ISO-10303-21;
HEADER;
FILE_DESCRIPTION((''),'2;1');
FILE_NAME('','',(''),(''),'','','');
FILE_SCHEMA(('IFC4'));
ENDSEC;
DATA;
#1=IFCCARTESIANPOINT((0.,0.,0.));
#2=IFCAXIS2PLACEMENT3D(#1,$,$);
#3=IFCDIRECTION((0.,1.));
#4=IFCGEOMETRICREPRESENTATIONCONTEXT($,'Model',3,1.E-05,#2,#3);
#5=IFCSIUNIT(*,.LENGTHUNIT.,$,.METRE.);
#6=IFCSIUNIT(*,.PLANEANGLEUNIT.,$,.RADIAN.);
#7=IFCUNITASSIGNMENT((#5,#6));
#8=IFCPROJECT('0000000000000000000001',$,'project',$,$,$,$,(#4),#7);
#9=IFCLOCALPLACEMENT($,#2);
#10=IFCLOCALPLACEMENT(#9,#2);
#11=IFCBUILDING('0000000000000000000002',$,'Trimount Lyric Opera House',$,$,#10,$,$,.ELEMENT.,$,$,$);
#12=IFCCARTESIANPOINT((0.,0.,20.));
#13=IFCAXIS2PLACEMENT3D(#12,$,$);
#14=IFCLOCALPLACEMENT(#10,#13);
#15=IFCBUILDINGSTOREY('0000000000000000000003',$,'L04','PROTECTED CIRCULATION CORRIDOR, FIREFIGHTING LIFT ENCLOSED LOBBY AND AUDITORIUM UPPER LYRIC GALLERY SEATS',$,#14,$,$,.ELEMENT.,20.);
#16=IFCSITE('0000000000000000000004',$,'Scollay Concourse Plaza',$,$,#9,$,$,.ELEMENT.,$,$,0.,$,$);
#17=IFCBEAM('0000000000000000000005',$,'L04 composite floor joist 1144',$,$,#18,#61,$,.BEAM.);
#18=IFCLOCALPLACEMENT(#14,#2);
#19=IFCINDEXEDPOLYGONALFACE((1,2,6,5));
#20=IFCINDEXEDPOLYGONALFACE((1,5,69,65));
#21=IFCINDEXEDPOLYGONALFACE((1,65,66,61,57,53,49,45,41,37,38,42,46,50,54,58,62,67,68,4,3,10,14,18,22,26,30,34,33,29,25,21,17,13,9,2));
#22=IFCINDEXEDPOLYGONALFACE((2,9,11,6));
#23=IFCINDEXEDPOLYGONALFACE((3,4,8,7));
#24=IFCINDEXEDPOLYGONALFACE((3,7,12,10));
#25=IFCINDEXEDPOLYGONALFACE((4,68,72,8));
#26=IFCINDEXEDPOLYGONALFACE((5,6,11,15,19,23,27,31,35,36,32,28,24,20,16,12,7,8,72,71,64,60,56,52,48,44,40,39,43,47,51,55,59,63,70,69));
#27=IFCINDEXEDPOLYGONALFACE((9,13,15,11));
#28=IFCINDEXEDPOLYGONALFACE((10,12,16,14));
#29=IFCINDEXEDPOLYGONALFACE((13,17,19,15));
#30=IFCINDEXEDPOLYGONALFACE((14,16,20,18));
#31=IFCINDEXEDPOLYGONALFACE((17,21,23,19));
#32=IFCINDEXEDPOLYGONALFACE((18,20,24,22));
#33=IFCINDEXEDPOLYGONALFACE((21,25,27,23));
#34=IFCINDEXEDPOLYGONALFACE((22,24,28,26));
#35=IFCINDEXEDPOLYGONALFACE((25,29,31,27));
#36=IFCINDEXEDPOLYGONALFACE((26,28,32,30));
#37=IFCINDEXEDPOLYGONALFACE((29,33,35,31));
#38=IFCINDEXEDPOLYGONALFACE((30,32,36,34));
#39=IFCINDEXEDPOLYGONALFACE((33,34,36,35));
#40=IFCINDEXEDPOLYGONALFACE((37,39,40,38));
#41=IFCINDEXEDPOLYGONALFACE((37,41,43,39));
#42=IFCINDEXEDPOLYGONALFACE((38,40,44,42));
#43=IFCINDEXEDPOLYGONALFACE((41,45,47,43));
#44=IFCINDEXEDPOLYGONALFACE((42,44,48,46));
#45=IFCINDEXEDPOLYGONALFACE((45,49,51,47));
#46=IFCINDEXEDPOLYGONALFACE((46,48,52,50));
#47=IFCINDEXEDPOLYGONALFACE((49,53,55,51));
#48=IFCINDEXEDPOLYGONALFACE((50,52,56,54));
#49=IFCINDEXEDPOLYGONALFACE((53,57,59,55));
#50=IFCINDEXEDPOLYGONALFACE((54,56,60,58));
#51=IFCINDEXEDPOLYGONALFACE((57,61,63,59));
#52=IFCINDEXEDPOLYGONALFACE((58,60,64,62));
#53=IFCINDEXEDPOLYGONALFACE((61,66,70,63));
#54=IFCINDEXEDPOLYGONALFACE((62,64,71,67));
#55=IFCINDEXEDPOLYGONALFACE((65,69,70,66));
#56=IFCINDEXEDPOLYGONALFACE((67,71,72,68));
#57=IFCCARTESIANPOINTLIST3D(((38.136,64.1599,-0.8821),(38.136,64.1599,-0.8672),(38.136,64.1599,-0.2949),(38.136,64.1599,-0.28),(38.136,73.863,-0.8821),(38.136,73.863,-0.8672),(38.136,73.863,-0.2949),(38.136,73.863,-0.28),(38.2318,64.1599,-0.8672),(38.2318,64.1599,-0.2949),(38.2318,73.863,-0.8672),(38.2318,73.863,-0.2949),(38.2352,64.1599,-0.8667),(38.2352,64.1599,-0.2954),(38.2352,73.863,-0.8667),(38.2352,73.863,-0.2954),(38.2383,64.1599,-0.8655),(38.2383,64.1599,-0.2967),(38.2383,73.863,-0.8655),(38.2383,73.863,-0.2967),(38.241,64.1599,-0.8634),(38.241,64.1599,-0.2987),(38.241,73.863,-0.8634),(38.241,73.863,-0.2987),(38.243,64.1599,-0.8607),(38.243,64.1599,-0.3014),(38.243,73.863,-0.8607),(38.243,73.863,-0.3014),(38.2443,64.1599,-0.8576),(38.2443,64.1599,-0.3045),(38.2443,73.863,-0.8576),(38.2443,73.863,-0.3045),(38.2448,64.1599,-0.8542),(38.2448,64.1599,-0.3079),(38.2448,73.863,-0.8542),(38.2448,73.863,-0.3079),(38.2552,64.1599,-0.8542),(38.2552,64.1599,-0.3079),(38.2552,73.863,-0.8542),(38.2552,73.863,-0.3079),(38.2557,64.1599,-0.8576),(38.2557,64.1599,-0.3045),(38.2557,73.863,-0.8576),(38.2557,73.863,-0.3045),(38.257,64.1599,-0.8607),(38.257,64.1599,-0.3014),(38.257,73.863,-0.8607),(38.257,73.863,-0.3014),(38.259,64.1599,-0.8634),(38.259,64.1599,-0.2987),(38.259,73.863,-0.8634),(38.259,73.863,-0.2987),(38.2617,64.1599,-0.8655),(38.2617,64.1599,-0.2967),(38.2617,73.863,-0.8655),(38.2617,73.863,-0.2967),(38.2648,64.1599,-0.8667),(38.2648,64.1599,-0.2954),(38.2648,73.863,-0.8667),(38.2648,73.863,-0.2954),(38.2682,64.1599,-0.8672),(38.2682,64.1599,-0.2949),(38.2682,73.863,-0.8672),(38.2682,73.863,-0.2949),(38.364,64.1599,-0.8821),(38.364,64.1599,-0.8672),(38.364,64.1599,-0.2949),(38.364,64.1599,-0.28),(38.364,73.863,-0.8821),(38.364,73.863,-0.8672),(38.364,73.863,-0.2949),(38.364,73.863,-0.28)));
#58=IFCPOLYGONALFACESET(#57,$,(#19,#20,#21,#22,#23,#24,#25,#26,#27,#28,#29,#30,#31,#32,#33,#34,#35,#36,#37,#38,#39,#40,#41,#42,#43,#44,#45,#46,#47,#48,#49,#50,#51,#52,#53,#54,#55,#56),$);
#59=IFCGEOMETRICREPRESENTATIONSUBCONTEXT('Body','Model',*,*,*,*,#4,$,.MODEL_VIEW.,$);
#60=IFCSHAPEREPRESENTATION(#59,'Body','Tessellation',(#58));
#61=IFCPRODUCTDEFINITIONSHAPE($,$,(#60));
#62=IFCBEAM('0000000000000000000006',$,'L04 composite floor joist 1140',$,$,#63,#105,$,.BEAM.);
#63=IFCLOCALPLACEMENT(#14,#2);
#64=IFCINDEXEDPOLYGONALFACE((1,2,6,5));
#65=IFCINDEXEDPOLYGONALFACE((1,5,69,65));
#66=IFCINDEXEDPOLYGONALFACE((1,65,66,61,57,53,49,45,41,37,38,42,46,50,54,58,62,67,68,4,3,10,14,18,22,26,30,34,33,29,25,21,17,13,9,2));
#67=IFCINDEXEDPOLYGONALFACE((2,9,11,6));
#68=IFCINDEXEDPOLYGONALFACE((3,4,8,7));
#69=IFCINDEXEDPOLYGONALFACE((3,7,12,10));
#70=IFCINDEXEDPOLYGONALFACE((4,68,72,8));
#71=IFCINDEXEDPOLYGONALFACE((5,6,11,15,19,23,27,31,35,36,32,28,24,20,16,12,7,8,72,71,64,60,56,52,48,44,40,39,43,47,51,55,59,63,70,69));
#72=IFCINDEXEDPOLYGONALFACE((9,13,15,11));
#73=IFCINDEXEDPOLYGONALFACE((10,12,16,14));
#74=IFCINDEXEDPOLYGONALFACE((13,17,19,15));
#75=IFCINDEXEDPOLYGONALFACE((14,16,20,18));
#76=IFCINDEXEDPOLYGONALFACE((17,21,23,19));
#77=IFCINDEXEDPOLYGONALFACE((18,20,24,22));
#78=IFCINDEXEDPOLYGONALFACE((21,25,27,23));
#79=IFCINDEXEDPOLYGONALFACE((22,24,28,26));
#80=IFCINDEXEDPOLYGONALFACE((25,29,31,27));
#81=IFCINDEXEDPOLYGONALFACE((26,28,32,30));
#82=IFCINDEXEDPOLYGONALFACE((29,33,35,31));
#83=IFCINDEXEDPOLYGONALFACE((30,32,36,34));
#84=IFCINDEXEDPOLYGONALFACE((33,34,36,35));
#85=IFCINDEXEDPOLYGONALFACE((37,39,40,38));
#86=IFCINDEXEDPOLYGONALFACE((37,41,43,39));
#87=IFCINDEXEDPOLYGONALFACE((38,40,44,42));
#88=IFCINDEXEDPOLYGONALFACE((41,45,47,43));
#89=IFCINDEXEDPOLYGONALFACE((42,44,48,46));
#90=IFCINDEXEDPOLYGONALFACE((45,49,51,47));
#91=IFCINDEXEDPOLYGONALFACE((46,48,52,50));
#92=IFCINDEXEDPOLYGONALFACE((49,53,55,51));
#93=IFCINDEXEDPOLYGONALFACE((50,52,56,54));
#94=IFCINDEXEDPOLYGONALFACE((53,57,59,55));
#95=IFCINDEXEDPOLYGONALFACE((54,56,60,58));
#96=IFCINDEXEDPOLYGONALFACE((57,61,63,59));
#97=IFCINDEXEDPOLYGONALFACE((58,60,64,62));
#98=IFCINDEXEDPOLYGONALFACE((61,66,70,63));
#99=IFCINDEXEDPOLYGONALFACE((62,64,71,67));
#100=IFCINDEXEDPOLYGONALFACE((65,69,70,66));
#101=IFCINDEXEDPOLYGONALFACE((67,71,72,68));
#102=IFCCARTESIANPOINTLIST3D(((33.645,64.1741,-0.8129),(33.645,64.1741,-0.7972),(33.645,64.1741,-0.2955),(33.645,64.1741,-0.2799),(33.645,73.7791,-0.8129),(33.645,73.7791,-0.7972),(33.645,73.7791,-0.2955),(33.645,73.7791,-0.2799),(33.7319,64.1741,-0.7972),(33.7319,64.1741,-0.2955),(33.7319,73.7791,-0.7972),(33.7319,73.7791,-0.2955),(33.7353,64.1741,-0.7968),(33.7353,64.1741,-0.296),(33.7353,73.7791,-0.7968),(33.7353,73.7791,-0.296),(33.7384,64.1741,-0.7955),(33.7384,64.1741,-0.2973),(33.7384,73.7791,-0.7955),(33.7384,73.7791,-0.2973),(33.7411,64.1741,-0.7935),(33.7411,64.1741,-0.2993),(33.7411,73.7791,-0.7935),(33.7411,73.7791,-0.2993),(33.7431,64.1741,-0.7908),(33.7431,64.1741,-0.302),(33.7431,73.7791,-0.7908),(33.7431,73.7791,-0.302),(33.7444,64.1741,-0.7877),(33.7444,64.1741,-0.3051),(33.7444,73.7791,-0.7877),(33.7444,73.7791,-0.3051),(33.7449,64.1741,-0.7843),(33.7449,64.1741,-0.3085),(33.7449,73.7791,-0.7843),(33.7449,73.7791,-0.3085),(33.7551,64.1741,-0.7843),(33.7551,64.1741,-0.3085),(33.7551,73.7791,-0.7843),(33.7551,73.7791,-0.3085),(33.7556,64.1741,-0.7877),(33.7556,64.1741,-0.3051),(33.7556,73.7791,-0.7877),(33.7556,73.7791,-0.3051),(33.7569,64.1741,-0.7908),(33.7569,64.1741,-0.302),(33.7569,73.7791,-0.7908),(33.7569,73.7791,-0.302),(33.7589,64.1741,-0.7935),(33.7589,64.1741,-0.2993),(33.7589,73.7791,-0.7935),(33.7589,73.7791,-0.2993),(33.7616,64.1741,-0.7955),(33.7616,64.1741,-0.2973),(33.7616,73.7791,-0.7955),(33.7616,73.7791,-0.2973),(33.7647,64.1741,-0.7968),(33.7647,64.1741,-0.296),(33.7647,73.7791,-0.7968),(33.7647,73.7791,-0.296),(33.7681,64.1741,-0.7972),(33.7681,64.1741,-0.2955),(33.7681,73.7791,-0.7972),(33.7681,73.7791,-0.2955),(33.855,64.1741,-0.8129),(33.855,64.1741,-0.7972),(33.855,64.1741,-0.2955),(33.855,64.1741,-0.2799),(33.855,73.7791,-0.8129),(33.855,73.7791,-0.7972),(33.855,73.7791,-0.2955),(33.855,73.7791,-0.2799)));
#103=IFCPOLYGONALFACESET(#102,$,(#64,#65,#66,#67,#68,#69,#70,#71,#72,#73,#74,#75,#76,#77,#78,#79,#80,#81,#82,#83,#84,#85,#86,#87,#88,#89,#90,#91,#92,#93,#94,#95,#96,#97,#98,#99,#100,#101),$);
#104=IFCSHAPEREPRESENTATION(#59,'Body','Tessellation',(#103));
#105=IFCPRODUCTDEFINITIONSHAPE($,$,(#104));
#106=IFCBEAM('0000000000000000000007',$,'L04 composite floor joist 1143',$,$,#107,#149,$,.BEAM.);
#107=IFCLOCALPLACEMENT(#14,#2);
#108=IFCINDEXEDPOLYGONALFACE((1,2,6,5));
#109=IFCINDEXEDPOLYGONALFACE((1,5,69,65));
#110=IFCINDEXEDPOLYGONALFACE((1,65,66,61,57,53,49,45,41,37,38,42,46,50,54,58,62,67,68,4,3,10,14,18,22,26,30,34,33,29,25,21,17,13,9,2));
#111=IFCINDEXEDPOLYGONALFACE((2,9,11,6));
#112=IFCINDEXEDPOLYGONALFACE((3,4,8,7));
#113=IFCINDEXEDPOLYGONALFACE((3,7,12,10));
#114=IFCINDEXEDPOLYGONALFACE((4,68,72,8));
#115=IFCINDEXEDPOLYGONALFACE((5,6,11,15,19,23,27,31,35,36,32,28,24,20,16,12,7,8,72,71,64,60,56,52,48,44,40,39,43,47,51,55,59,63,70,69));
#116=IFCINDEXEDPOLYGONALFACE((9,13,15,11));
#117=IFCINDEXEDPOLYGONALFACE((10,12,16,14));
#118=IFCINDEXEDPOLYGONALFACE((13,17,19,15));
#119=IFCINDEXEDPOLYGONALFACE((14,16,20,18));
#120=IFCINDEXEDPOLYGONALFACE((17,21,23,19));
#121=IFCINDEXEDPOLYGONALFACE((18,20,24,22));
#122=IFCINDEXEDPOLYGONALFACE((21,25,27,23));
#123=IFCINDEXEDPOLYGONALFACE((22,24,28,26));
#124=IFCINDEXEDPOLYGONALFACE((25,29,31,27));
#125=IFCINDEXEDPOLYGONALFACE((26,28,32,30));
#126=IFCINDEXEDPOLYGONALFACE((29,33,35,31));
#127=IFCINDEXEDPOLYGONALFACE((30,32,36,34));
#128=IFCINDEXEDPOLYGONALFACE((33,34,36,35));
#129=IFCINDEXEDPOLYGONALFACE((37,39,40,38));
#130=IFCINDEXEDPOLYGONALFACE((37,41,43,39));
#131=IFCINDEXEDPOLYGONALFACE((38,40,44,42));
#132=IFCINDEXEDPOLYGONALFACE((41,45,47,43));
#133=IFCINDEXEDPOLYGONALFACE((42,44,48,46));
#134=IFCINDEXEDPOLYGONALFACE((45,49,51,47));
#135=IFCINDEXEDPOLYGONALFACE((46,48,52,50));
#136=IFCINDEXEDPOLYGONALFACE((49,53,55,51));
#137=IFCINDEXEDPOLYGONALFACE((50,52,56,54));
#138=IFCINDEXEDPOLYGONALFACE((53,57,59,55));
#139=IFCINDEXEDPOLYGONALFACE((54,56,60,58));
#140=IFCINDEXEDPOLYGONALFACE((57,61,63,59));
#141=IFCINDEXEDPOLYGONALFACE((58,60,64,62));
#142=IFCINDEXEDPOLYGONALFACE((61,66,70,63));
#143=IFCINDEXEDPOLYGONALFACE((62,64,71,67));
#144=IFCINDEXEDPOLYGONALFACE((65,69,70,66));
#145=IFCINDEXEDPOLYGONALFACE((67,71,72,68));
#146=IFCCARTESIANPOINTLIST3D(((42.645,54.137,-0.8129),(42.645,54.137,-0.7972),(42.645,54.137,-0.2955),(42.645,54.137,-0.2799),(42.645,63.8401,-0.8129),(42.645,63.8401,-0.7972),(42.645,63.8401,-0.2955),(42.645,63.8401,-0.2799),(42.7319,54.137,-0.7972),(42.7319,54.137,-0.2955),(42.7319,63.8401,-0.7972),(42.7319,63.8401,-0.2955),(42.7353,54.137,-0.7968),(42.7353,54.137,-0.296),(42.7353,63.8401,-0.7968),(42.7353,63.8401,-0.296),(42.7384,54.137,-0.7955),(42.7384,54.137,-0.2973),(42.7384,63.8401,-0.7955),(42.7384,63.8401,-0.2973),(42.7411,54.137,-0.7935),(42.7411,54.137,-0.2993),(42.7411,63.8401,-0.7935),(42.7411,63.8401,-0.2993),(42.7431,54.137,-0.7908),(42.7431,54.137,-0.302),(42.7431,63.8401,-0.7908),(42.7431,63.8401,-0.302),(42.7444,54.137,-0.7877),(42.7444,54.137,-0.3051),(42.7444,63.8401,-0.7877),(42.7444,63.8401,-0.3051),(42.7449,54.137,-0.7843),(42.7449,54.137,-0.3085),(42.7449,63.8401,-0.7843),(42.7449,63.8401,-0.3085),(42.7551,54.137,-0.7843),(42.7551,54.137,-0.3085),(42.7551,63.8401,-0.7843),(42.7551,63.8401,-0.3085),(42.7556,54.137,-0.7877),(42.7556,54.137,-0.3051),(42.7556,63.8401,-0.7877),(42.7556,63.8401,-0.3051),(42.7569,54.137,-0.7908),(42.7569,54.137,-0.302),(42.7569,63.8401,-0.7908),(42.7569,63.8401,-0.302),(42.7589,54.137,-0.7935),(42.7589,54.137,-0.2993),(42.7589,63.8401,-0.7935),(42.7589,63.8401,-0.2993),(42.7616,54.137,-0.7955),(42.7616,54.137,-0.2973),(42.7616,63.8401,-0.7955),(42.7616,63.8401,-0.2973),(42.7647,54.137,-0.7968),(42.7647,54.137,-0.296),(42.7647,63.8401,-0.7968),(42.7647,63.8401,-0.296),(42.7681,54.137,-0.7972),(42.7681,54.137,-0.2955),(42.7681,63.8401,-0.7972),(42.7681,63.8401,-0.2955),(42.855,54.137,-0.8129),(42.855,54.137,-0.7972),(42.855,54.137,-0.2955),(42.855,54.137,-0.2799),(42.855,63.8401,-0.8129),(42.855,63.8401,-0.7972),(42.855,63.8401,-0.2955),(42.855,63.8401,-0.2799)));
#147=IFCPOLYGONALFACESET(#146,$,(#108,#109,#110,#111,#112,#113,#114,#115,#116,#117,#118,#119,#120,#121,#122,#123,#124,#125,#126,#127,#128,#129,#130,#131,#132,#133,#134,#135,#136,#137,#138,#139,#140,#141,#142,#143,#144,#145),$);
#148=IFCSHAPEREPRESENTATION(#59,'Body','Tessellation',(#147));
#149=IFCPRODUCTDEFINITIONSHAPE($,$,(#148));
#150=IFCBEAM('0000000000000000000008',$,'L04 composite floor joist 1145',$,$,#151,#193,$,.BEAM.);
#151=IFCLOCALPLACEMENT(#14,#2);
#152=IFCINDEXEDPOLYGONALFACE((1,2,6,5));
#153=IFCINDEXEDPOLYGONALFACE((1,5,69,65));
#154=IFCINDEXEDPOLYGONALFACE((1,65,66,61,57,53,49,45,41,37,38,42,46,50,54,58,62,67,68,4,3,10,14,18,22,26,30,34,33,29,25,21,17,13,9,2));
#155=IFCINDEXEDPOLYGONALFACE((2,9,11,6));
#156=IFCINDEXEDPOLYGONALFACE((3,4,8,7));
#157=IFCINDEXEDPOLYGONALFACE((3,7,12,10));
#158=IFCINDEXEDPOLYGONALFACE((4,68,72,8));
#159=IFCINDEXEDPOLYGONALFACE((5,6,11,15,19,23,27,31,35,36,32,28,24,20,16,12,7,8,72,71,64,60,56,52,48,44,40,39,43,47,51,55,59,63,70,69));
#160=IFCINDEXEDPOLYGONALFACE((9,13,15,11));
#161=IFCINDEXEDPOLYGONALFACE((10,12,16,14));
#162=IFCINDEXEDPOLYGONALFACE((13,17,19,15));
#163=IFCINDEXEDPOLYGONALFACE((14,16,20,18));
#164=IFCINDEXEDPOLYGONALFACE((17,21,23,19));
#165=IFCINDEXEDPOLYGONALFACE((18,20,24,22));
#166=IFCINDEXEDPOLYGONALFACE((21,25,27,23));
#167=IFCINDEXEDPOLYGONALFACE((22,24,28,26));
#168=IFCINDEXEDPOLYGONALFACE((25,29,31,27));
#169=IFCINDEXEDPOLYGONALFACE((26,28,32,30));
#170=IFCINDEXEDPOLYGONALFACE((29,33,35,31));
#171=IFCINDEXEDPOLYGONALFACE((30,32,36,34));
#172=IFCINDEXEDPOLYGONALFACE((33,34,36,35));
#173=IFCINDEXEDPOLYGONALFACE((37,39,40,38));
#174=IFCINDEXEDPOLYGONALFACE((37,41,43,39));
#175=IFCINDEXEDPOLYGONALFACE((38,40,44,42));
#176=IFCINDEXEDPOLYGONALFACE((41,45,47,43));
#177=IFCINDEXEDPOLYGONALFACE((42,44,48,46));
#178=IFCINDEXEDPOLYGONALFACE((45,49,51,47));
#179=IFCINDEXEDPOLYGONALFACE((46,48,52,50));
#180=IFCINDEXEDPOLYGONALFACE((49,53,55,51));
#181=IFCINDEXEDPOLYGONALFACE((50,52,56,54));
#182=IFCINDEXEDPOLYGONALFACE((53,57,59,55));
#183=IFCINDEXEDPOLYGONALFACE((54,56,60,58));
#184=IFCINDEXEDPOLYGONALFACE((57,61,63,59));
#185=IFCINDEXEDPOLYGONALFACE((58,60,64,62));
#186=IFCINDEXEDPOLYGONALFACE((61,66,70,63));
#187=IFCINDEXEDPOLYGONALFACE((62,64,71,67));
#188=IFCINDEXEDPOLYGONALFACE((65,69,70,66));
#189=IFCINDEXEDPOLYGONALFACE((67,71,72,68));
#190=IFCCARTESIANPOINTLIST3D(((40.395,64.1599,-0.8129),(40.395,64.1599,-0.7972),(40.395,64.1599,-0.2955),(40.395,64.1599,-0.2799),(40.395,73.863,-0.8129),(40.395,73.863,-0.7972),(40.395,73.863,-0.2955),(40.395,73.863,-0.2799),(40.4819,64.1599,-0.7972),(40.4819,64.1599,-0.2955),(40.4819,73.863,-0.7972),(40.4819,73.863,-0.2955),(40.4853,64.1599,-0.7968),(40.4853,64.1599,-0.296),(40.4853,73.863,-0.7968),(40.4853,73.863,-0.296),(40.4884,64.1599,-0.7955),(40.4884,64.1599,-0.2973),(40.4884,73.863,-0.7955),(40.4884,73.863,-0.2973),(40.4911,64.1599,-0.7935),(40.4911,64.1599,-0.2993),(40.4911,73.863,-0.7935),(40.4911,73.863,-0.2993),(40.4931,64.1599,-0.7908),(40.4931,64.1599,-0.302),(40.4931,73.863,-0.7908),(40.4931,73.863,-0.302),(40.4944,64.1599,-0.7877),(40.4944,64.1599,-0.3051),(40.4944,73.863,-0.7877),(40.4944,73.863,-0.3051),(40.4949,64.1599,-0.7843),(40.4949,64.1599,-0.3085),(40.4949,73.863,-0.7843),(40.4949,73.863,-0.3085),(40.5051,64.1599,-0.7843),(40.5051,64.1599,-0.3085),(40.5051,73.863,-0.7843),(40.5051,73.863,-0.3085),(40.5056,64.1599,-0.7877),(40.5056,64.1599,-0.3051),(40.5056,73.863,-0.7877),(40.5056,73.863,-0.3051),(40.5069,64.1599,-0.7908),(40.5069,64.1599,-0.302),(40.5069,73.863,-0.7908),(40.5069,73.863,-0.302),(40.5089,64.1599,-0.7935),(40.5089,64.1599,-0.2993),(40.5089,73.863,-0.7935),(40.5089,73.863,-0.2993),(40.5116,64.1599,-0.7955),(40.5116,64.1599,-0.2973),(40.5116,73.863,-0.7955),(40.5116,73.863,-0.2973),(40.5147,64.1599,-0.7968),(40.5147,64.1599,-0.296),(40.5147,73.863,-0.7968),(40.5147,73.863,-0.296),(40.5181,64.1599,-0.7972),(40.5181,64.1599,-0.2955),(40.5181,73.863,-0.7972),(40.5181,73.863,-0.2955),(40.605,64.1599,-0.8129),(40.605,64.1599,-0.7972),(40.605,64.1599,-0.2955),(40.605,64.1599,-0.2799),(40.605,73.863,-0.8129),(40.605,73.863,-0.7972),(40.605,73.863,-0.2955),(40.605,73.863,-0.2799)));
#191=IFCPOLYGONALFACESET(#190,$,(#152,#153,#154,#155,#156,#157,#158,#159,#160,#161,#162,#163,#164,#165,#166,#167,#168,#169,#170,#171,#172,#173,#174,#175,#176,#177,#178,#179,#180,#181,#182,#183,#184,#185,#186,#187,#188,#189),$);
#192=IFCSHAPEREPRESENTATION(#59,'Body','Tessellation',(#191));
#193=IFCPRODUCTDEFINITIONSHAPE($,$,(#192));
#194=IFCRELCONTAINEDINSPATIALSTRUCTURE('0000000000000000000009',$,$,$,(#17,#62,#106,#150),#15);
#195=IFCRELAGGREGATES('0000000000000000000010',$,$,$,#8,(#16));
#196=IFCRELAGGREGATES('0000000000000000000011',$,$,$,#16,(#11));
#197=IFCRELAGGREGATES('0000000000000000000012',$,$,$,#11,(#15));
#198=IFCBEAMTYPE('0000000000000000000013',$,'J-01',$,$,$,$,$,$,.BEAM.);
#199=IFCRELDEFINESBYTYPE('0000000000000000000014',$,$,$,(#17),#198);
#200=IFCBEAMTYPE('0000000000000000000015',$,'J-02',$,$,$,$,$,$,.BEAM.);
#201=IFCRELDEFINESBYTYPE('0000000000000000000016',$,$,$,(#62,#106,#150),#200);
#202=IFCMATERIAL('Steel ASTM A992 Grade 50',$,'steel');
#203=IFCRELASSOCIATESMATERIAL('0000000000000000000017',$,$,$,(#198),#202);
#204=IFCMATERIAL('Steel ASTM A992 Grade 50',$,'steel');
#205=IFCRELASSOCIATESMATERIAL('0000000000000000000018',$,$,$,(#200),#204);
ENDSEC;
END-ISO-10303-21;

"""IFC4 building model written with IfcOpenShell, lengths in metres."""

from ifc_helpers import new_model, si_unit, direction, frame, origin, origin_2d, place, context, subcontext, project, spatial, i_section, extrude, material, material_profile, profile_set, type_object, element, save


model = new_model("IFC4")

# Units and contexts
model_context = context("Model", 3, precision=1e-05, world=origin(), true_north=direction((0.0, 1.0)))
body_context = subcontext(model_context, "Body", "Model", "MODEL_VIEW")
ifc_project = project(units=[si_unit("LENGTHUNIT", "METRE"), si_unit("PLANEANGLEUNIT", "RADIAN")], contexts=[model_context])

# Site, building, storey
site_placement = place(None, origin())
site = spatial("IfcSite", under=ifc_project, at=site_placement, Name="Scollay Concourse Plaza", CompositionType="ELEMENT", RefElevation=0.0)
building_placement = place(site_placement, origin())
building = spatial("IfcBuilding", under=site, at=building_placement, Name="Trimount Lyric Opera House", CompositionType="ELEMENT")
storey_placement = place(building_placement, frame((0.0, 0.0, 20.0)))
storey = spatial("IfcBuildingStorey", under=building, at=storey_placement, Name="L04", Description="PROTECTED CIRCULATION CORRIDOR, FIREFIGHTING LIFT ENCLOSED LOBBY AND AUDITORIUM UPPER LYRIC GALLERY SEATS", CompositionType="ELEMENT", Elevation=20.0)

# Beams
ifc_material_1 = material(Name="Steel ASTM A992 Grade 50", Category="steel")
ifc_material_profile_1 = material_profile(ifc_material_1, i_section(OverallWidth=0.228, OverallDepth=0.6021, WebThickness=0.0105, FlangeThickness=0.0149, FilletRadius=0.0129, at=origin_2d()), Name="W24X68")
ifc_profile_set_1 = profile_set([ifc_material_profile_1], Name="Steel ASTM A992 Grade 50")
beam_type_1 = type_object("IfcBeamType", Name="J-01", PredefinedType="BEAM", material=ifc_profile_set_1)
for number, where, z_axis, x_axis, name in (
    (1, (38.25, 64.1599, -0.5811), (0.0, 1.0, 0.0), (-1.0, 0.0, 0.0), "L04 composite floor joist 1144"),
):
    element("IfcBeam", number, at=place(storey_placement, frame(where, z_axis=z_axis, x_axis=x_axis)), inside=storey, type_object=beam_type_1, Name=name, PredefinedType="BEAM", context=body_context, shape_type="SweptSolid", body=[
        extrude(i_section(OverallWidth=0.228, OverallDepth=0.6021, WebThickness=0.0105, FlangeThickness=0.0149, FilletRadius=0.0129, at=origin_2d()), origin(), (0.0, 0.0, 1.0), 9.7031),
    ])
ifc_material_2 = material(Name="Steel ASTM A992 Grade 50", Category="steel")
ifc_material_profile_2 = material_profile(ifc_material_2, i_section(OverallWidth=0.21, OverallDepth=0.533, WebThickness=0.0103, FlangeThickness=0.0156, FilletRadius=0.0129, at=origin_2d()), Name="W21X62")
ifc_profile_set_2 = profile_set([ifc_material_profile_2], Name="Steel ASTM A992 Grade 50")
beam_type_2 = type_object("IfcBeamType", Name="J-02", PredefinedType="BEAM", material=ifc_profile_set_2)
beam_1_placement = place(storey_placement, frame((33.75, 64.1741, -0.5464), z_axis=(0.0, 1.0, 0.0), x_axis=(-1.0, 0.0, 0.0)))
element("IfcBeam", 2, at=beam_1_placement, inside=storey, type_object=beam_type_2, Name="L04 composite floor joist 1140", PredefinedType="BEAM", context=body_context, shape_type="SweptSolid", body=[
    extrude(i_section(OverallWidth=0.21, OverallDepth=0.533, WebThickness=0.0103, FlangeThickness=0.0156, FilletRadius=0.0129, at=origin_2d()), origin(), (0.0, 0.0, 1.0), 9.605),
])
for number, where, z_axis, x_axis, name in (
    (3, (42.75, 54.137, -0.5464), (0.0, 1.0, 0.0), (-1.0, 0.0, 0.0), "L04 composite floor joist 1143"),
    (4, (40.5, 64.1599, -0.5464), (0.0, 1.0, 0.0), (-1.0, 0.0, 0.0), "L04 composite floor joist 1145"),
):
    element("IfcBeam", number, at=place(storey_placement, frame(where, z_axis=z_axis, x_axis=x_axis)), inside=storey, type_object=beam_type_2, Name=name, PredefinedType="BEAM", context=body_context, shape_type="SweptSolid", body=[
        extrude(i_section(OverallWidth=0.21, OverallDepth=0.533, WebThickness=0.0103, FlangeThickness=0.0156, FilletRadius=0.0129, at=origin_2d()), origin(), (0.0, 0.0, 1.0), 9.7031),
    ])

save(model, "model.ifc")
